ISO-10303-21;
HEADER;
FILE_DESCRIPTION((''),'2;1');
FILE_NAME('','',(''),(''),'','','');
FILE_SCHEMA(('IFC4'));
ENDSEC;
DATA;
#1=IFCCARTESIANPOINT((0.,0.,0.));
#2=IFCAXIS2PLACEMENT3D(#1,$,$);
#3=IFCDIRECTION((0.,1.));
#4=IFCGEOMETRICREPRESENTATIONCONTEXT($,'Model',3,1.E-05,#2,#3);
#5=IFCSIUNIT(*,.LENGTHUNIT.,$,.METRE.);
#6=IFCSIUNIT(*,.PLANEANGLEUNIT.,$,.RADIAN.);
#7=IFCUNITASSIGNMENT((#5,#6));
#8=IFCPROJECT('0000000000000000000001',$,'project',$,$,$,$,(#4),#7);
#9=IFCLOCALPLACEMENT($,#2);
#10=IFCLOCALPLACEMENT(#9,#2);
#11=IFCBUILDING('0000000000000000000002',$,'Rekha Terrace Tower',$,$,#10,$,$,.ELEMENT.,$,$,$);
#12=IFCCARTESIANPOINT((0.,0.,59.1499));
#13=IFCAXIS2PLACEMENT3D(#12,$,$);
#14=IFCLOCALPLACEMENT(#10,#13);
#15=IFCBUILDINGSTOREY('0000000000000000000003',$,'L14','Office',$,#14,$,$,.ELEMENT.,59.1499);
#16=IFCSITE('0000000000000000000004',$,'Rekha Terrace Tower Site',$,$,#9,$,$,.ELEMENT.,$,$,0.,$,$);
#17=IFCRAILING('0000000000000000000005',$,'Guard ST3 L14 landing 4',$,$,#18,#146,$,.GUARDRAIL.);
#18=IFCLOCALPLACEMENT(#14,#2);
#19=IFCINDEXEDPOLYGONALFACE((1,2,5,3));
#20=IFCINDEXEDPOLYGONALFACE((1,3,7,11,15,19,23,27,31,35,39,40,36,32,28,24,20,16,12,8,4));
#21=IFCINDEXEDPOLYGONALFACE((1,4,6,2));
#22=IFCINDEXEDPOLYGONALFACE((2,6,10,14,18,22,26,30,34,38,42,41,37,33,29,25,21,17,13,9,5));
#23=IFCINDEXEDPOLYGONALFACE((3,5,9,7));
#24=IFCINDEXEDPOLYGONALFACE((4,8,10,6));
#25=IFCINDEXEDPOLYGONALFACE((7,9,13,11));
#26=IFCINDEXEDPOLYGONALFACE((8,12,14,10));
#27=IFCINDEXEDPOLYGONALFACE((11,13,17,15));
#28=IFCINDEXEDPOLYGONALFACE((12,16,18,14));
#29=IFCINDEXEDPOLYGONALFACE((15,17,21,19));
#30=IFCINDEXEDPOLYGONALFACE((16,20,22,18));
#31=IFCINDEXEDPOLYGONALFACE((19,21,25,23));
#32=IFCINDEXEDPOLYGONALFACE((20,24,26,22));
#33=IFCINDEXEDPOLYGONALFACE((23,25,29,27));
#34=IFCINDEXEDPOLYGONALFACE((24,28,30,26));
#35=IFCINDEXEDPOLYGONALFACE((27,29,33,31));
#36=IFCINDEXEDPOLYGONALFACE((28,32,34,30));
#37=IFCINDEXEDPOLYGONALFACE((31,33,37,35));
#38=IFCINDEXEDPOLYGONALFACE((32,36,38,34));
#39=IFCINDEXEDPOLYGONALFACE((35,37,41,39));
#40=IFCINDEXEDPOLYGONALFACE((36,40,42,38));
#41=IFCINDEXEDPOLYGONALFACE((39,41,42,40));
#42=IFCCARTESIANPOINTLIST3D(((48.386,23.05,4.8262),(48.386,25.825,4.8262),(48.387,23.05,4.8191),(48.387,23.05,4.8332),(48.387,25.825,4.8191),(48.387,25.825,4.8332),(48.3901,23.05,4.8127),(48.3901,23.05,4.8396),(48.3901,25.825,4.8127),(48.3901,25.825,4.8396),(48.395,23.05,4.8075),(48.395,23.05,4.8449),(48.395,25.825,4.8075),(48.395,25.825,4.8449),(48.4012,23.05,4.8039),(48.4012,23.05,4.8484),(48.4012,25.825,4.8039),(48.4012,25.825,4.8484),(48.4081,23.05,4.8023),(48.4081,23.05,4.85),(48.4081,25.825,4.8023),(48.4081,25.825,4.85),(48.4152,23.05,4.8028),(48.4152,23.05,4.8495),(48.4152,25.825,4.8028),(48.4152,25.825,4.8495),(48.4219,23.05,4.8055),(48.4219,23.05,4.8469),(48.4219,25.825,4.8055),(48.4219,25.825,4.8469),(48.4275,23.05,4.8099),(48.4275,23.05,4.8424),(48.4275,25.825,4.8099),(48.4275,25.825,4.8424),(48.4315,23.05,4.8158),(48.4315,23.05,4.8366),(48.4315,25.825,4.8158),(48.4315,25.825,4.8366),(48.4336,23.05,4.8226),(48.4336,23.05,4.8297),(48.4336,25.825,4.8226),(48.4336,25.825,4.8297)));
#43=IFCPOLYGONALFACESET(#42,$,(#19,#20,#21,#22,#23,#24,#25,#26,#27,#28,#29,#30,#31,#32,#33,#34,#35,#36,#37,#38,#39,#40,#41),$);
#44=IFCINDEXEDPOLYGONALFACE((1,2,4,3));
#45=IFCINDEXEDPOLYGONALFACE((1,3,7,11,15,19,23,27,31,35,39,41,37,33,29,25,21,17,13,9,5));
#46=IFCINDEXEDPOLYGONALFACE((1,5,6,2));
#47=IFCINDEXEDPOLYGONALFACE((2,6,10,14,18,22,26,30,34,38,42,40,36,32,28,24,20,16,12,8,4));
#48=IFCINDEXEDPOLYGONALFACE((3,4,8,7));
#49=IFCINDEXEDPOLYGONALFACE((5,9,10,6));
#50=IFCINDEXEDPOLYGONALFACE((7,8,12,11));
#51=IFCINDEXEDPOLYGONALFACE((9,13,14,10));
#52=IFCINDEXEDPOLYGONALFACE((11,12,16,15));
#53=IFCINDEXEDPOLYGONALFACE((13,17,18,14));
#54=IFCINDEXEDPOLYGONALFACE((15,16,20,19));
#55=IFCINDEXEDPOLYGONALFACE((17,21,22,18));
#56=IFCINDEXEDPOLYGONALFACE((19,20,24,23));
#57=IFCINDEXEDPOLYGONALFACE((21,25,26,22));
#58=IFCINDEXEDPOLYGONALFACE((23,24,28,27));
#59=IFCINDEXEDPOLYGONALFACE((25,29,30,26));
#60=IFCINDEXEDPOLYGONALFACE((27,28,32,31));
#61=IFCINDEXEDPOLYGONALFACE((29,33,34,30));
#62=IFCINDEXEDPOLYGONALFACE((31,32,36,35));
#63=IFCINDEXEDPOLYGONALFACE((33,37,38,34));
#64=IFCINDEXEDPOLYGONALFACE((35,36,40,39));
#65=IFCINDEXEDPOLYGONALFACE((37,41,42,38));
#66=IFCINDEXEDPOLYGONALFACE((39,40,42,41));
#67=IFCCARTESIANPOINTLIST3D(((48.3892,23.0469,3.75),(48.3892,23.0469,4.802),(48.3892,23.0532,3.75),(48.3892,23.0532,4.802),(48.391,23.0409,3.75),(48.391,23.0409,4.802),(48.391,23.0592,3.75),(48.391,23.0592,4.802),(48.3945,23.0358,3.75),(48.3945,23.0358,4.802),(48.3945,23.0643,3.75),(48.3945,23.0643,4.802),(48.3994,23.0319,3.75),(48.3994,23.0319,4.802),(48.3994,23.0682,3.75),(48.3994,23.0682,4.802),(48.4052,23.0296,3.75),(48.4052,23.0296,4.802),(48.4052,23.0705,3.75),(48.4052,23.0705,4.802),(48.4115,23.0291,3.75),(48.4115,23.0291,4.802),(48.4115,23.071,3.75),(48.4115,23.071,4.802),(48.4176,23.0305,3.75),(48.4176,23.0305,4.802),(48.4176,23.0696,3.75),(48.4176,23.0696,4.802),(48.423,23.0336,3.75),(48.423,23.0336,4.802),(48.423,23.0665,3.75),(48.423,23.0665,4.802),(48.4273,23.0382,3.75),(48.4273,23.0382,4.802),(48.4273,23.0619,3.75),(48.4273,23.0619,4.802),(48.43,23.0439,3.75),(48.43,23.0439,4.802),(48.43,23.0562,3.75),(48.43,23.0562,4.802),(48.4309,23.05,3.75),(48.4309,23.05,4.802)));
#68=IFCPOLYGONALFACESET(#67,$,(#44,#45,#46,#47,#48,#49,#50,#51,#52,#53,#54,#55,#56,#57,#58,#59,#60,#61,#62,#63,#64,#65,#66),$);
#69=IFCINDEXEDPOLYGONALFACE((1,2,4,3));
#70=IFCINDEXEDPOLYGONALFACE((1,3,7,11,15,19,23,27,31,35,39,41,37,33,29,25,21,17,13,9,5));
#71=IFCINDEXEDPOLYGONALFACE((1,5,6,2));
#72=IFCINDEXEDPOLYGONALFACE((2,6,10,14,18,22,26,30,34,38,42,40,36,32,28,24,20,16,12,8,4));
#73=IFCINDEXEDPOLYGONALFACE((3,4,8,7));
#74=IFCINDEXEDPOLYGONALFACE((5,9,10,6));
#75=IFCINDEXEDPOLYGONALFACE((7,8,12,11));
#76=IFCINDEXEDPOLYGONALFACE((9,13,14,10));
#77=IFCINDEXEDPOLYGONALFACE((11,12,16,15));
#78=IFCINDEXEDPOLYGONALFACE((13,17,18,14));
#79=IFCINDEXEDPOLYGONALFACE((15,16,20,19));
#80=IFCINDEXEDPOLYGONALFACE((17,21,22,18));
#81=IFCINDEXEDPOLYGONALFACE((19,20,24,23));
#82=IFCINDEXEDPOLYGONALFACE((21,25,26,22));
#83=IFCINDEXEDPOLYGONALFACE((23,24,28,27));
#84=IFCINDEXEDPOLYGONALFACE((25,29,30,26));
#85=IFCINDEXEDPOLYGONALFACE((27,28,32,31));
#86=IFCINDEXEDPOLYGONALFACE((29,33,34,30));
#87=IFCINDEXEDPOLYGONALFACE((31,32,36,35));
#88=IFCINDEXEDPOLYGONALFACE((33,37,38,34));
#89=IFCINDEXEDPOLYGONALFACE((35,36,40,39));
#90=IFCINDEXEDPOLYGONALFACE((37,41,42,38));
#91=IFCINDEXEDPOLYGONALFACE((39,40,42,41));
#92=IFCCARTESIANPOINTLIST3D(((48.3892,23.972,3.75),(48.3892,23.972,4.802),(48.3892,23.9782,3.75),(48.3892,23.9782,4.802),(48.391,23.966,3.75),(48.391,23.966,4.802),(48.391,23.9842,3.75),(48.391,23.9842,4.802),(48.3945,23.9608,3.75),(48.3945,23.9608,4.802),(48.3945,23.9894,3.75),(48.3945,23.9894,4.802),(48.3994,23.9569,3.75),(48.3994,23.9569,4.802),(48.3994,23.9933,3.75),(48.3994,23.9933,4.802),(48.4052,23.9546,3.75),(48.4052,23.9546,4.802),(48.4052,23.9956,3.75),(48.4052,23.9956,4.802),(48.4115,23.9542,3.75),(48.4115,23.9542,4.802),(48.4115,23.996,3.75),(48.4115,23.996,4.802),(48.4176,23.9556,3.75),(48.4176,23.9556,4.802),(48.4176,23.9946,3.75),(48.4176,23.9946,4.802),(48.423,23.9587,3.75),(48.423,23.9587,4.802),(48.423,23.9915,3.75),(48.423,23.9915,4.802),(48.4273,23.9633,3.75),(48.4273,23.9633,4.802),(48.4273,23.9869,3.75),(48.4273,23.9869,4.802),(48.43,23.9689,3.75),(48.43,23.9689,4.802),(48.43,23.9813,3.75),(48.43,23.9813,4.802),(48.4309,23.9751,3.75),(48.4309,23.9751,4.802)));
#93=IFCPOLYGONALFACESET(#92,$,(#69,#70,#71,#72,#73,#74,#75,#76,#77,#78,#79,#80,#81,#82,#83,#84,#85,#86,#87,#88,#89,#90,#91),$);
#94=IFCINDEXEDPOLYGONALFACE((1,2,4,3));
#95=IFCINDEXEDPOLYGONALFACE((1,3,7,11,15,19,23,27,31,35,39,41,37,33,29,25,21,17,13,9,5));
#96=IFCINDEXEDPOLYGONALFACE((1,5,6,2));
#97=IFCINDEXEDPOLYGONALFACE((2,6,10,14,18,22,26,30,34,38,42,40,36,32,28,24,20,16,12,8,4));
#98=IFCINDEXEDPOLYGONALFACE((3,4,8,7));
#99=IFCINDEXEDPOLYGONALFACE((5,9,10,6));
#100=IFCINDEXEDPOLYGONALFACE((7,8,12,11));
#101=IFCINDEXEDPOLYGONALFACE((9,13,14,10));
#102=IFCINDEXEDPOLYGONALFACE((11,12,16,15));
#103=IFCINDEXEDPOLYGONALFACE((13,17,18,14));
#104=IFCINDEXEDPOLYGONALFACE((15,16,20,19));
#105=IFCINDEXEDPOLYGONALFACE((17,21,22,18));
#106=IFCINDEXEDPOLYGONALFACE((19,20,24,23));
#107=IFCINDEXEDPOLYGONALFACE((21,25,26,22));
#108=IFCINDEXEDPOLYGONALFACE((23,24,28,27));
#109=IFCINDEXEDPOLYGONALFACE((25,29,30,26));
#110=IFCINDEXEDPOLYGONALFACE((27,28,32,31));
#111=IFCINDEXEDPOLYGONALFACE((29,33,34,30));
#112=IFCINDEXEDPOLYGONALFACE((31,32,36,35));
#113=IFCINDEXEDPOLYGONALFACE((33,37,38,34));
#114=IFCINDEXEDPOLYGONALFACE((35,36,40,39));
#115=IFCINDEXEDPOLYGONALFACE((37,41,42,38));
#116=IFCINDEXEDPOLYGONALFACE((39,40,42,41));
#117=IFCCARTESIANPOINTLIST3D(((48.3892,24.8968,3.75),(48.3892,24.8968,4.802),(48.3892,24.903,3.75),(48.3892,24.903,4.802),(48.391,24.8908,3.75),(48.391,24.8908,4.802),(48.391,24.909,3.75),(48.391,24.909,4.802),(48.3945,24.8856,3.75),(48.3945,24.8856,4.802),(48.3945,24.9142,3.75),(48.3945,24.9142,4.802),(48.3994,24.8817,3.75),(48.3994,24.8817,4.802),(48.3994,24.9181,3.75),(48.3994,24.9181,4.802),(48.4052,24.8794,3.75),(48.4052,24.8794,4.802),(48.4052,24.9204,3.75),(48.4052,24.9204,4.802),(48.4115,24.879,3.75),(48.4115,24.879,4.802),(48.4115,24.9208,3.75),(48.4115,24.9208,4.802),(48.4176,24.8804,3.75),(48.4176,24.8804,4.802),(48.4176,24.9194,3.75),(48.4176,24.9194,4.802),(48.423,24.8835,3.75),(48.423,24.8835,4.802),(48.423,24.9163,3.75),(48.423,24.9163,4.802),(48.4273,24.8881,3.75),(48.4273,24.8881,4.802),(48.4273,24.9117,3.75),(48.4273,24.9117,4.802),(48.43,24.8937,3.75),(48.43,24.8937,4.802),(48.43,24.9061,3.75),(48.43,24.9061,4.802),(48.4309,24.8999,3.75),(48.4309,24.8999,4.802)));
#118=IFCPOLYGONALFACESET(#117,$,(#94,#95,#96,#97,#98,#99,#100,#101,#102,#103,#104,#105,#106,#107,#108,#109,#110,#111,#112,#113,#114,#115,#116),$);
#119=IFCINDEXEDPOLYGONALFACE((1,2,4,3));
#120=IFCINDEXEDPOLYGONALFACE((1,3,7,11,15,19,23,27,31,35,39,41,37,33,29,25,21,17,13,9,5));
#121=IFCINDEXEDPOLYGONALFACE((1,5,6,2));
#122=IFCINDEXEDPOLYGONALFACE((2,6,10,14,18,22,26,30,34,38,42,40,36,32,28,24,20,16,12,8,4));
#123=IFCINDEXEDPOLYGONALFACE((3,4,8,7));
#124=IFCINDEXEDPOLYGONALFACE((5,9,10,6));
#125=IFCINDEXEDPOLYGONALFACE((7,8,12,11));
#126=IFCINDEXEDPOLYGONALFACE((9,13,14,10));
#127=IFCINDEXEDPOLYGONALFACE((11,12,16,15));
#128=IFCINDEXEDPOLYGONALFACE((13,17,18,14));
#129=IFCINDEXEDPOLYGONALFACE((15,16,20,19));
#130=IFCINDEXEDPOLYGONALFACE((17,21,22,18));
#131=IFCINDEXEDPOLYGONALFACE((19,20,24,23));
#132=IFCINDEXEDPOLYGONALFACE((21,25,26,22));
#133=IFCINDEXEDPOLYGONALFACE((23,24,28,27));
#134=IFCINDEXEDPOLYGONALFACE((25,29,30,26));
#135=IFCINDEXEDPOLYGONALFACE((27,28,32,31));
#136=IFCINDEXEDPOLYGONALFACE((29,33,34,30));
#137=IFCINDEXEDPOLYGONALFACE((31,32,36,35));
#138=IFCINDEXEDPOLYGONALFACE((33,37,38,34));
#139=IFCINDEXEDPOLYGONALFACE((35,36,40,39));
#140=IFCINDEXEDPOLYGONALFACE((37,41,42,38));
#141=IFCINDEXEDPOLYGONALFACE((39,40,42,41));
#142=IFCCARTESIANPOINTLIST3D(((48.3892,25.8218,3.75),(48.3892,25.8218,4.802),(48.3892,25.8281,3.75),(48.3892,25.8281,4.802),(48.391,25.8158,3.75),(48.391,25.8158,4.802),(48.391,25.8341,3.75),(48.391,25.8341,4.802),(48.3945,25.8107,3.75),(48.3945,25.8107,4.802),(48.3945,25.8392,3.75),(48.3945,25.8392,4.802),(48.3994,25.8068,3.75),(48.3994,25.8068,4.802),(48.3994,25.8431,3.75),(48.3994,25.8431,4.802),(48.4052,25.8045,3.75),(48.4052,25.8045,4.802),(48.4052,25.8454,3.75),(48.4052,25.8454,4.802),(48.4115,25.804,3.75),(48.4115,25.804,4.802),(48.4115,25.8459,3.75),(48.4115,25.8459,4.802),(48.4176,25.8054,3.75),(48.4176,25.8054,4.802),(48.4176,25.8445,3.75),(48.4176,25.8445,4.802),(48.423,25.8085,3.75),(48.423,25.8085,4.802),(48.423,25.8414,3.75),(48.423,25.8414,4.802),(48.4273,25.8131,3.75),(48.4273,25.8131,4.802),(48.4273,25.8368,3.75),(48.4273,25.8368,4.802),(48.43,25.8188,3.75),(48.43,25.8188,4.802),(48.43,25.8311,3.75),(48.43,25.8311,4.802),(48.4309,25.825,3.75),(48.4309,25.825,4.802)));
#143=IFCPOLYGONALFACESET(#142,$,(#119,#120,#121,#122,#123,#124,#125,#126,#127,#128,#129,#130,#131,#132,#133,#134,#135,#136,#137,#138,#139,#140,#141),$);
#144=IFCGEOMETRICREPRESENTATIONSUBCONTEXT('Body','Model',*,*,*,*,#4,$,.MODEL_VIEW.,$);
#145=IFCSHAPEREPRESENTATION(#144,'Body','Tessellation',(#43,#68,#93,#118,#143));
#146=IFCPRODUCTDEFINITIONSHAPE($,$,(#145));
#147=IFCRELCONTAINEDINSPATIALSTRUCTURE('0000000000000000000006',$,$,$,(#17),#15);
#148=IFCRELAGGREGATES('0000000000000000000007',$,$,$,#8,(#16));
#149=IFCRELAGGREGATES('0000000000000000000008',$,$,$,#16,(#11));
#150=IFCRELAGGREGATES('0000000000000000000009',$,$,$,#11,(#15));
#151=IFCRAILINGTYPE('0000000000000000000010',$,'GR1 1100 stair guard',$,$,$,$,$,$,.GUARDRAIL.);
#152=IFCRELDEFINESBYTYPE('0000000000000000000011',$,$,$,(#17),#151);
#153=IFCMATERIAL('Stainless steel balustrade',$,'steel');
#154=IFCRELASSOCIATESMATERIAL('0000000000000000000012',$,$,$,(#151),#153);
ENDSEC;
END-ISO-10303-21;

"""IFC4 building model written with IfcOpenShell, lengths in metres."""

from ifc_helpers import new_model, si_unit, direction, frame, origin, origin_2d, place, context, subcontext, project, spatial, circle, extrude, material, type_object, element, save


model = new_model("IFC4")

# Units and contexts
model_context = context("Model", 3, precision=1e-05, world=origin(), true_north=direction((0.0, 1.0)))
body_context = subcontext(model_context, "Body", "Model", "MODEL_VIEW")
ifc_project = project(units=[si_unit("LENGTHUNIT", "METRE"), si_unit("PLANEANGLEUNIT", "RADIAN")], contexts=[model_context])

# Site, building, storey
site_placement = place(None, origin())
site = spatial("IfcSite", under=ifc_project, at=site_placement, Name="Rekha Terrace Tower Site", CompositionType="ELEMENT", RefElevation=0.0)
building_placement = place(site_placement, origin())
building = spatial("IfcBuilding", under=site, at=building_placement, Name="Rekha Terrace Tower", CompositionType="ELEMENT")
storey_placement = place(building_placement, frame((0.0, 0.0, 59.1499)))
storey = spatial("IfcBuildingStorey", under=building, at=storey_placement, Name="L14", Description="Office", CompositionType="ELEMENT", Elevation=59.1499)

# Railing
ifc_material_1 = material(Name="Stainless steel balustrade", Category="steel")
railing_type_1 = type_object("IfcRailingType", Name="GR1 1100 stair guard", PredefinedType="GUARDRAIL", material=ifc_material_1)
railing_1_placement = place(storey_placement, frame((48.4099, 23.05, 3.75)))
element("IfcRailing", 1, at=railing_1_placement, inside=storey, type_object=railing_type_1, Name="Guard ST3 L14 landing 4", PredefinedType="GUARDRAIL", context=body_context, shape_type="SweptSolid", body=[
    extrude(circle(Radius=0.0239, at=origin_2d()), frame((0.0, 0.0, 1.0762), z_axis=(0.0, 1.0, 0.0), x_axis=(-1.0, 0.0, 0.0)), (0.0, 0.0, 1.0), 2.7749),
    extrude(circle(Radius=0.021, at=origin_2d()), origin(), (0.0, 0.0, 1.0), 1.052),
    extrude(circle(Radius=0.021, at=origin_2d()), frame((0.0, 0.925, 0.0)), (0.0, 0.0, 1.0), 1.052),
    extrude(circle(Radius=0.021, at=origin_2d()), frame((0.0, 1.8499, 0.0)), (0.0, 0.0, 1.0), 1.052),
    extrude(circle(Radius=0.021, at=origin_2d()), frame((0.0, 2.7749, 0.0)), (0.0, 0.0, 1.0), 1.052),
])

save(model, "model.ifc")
